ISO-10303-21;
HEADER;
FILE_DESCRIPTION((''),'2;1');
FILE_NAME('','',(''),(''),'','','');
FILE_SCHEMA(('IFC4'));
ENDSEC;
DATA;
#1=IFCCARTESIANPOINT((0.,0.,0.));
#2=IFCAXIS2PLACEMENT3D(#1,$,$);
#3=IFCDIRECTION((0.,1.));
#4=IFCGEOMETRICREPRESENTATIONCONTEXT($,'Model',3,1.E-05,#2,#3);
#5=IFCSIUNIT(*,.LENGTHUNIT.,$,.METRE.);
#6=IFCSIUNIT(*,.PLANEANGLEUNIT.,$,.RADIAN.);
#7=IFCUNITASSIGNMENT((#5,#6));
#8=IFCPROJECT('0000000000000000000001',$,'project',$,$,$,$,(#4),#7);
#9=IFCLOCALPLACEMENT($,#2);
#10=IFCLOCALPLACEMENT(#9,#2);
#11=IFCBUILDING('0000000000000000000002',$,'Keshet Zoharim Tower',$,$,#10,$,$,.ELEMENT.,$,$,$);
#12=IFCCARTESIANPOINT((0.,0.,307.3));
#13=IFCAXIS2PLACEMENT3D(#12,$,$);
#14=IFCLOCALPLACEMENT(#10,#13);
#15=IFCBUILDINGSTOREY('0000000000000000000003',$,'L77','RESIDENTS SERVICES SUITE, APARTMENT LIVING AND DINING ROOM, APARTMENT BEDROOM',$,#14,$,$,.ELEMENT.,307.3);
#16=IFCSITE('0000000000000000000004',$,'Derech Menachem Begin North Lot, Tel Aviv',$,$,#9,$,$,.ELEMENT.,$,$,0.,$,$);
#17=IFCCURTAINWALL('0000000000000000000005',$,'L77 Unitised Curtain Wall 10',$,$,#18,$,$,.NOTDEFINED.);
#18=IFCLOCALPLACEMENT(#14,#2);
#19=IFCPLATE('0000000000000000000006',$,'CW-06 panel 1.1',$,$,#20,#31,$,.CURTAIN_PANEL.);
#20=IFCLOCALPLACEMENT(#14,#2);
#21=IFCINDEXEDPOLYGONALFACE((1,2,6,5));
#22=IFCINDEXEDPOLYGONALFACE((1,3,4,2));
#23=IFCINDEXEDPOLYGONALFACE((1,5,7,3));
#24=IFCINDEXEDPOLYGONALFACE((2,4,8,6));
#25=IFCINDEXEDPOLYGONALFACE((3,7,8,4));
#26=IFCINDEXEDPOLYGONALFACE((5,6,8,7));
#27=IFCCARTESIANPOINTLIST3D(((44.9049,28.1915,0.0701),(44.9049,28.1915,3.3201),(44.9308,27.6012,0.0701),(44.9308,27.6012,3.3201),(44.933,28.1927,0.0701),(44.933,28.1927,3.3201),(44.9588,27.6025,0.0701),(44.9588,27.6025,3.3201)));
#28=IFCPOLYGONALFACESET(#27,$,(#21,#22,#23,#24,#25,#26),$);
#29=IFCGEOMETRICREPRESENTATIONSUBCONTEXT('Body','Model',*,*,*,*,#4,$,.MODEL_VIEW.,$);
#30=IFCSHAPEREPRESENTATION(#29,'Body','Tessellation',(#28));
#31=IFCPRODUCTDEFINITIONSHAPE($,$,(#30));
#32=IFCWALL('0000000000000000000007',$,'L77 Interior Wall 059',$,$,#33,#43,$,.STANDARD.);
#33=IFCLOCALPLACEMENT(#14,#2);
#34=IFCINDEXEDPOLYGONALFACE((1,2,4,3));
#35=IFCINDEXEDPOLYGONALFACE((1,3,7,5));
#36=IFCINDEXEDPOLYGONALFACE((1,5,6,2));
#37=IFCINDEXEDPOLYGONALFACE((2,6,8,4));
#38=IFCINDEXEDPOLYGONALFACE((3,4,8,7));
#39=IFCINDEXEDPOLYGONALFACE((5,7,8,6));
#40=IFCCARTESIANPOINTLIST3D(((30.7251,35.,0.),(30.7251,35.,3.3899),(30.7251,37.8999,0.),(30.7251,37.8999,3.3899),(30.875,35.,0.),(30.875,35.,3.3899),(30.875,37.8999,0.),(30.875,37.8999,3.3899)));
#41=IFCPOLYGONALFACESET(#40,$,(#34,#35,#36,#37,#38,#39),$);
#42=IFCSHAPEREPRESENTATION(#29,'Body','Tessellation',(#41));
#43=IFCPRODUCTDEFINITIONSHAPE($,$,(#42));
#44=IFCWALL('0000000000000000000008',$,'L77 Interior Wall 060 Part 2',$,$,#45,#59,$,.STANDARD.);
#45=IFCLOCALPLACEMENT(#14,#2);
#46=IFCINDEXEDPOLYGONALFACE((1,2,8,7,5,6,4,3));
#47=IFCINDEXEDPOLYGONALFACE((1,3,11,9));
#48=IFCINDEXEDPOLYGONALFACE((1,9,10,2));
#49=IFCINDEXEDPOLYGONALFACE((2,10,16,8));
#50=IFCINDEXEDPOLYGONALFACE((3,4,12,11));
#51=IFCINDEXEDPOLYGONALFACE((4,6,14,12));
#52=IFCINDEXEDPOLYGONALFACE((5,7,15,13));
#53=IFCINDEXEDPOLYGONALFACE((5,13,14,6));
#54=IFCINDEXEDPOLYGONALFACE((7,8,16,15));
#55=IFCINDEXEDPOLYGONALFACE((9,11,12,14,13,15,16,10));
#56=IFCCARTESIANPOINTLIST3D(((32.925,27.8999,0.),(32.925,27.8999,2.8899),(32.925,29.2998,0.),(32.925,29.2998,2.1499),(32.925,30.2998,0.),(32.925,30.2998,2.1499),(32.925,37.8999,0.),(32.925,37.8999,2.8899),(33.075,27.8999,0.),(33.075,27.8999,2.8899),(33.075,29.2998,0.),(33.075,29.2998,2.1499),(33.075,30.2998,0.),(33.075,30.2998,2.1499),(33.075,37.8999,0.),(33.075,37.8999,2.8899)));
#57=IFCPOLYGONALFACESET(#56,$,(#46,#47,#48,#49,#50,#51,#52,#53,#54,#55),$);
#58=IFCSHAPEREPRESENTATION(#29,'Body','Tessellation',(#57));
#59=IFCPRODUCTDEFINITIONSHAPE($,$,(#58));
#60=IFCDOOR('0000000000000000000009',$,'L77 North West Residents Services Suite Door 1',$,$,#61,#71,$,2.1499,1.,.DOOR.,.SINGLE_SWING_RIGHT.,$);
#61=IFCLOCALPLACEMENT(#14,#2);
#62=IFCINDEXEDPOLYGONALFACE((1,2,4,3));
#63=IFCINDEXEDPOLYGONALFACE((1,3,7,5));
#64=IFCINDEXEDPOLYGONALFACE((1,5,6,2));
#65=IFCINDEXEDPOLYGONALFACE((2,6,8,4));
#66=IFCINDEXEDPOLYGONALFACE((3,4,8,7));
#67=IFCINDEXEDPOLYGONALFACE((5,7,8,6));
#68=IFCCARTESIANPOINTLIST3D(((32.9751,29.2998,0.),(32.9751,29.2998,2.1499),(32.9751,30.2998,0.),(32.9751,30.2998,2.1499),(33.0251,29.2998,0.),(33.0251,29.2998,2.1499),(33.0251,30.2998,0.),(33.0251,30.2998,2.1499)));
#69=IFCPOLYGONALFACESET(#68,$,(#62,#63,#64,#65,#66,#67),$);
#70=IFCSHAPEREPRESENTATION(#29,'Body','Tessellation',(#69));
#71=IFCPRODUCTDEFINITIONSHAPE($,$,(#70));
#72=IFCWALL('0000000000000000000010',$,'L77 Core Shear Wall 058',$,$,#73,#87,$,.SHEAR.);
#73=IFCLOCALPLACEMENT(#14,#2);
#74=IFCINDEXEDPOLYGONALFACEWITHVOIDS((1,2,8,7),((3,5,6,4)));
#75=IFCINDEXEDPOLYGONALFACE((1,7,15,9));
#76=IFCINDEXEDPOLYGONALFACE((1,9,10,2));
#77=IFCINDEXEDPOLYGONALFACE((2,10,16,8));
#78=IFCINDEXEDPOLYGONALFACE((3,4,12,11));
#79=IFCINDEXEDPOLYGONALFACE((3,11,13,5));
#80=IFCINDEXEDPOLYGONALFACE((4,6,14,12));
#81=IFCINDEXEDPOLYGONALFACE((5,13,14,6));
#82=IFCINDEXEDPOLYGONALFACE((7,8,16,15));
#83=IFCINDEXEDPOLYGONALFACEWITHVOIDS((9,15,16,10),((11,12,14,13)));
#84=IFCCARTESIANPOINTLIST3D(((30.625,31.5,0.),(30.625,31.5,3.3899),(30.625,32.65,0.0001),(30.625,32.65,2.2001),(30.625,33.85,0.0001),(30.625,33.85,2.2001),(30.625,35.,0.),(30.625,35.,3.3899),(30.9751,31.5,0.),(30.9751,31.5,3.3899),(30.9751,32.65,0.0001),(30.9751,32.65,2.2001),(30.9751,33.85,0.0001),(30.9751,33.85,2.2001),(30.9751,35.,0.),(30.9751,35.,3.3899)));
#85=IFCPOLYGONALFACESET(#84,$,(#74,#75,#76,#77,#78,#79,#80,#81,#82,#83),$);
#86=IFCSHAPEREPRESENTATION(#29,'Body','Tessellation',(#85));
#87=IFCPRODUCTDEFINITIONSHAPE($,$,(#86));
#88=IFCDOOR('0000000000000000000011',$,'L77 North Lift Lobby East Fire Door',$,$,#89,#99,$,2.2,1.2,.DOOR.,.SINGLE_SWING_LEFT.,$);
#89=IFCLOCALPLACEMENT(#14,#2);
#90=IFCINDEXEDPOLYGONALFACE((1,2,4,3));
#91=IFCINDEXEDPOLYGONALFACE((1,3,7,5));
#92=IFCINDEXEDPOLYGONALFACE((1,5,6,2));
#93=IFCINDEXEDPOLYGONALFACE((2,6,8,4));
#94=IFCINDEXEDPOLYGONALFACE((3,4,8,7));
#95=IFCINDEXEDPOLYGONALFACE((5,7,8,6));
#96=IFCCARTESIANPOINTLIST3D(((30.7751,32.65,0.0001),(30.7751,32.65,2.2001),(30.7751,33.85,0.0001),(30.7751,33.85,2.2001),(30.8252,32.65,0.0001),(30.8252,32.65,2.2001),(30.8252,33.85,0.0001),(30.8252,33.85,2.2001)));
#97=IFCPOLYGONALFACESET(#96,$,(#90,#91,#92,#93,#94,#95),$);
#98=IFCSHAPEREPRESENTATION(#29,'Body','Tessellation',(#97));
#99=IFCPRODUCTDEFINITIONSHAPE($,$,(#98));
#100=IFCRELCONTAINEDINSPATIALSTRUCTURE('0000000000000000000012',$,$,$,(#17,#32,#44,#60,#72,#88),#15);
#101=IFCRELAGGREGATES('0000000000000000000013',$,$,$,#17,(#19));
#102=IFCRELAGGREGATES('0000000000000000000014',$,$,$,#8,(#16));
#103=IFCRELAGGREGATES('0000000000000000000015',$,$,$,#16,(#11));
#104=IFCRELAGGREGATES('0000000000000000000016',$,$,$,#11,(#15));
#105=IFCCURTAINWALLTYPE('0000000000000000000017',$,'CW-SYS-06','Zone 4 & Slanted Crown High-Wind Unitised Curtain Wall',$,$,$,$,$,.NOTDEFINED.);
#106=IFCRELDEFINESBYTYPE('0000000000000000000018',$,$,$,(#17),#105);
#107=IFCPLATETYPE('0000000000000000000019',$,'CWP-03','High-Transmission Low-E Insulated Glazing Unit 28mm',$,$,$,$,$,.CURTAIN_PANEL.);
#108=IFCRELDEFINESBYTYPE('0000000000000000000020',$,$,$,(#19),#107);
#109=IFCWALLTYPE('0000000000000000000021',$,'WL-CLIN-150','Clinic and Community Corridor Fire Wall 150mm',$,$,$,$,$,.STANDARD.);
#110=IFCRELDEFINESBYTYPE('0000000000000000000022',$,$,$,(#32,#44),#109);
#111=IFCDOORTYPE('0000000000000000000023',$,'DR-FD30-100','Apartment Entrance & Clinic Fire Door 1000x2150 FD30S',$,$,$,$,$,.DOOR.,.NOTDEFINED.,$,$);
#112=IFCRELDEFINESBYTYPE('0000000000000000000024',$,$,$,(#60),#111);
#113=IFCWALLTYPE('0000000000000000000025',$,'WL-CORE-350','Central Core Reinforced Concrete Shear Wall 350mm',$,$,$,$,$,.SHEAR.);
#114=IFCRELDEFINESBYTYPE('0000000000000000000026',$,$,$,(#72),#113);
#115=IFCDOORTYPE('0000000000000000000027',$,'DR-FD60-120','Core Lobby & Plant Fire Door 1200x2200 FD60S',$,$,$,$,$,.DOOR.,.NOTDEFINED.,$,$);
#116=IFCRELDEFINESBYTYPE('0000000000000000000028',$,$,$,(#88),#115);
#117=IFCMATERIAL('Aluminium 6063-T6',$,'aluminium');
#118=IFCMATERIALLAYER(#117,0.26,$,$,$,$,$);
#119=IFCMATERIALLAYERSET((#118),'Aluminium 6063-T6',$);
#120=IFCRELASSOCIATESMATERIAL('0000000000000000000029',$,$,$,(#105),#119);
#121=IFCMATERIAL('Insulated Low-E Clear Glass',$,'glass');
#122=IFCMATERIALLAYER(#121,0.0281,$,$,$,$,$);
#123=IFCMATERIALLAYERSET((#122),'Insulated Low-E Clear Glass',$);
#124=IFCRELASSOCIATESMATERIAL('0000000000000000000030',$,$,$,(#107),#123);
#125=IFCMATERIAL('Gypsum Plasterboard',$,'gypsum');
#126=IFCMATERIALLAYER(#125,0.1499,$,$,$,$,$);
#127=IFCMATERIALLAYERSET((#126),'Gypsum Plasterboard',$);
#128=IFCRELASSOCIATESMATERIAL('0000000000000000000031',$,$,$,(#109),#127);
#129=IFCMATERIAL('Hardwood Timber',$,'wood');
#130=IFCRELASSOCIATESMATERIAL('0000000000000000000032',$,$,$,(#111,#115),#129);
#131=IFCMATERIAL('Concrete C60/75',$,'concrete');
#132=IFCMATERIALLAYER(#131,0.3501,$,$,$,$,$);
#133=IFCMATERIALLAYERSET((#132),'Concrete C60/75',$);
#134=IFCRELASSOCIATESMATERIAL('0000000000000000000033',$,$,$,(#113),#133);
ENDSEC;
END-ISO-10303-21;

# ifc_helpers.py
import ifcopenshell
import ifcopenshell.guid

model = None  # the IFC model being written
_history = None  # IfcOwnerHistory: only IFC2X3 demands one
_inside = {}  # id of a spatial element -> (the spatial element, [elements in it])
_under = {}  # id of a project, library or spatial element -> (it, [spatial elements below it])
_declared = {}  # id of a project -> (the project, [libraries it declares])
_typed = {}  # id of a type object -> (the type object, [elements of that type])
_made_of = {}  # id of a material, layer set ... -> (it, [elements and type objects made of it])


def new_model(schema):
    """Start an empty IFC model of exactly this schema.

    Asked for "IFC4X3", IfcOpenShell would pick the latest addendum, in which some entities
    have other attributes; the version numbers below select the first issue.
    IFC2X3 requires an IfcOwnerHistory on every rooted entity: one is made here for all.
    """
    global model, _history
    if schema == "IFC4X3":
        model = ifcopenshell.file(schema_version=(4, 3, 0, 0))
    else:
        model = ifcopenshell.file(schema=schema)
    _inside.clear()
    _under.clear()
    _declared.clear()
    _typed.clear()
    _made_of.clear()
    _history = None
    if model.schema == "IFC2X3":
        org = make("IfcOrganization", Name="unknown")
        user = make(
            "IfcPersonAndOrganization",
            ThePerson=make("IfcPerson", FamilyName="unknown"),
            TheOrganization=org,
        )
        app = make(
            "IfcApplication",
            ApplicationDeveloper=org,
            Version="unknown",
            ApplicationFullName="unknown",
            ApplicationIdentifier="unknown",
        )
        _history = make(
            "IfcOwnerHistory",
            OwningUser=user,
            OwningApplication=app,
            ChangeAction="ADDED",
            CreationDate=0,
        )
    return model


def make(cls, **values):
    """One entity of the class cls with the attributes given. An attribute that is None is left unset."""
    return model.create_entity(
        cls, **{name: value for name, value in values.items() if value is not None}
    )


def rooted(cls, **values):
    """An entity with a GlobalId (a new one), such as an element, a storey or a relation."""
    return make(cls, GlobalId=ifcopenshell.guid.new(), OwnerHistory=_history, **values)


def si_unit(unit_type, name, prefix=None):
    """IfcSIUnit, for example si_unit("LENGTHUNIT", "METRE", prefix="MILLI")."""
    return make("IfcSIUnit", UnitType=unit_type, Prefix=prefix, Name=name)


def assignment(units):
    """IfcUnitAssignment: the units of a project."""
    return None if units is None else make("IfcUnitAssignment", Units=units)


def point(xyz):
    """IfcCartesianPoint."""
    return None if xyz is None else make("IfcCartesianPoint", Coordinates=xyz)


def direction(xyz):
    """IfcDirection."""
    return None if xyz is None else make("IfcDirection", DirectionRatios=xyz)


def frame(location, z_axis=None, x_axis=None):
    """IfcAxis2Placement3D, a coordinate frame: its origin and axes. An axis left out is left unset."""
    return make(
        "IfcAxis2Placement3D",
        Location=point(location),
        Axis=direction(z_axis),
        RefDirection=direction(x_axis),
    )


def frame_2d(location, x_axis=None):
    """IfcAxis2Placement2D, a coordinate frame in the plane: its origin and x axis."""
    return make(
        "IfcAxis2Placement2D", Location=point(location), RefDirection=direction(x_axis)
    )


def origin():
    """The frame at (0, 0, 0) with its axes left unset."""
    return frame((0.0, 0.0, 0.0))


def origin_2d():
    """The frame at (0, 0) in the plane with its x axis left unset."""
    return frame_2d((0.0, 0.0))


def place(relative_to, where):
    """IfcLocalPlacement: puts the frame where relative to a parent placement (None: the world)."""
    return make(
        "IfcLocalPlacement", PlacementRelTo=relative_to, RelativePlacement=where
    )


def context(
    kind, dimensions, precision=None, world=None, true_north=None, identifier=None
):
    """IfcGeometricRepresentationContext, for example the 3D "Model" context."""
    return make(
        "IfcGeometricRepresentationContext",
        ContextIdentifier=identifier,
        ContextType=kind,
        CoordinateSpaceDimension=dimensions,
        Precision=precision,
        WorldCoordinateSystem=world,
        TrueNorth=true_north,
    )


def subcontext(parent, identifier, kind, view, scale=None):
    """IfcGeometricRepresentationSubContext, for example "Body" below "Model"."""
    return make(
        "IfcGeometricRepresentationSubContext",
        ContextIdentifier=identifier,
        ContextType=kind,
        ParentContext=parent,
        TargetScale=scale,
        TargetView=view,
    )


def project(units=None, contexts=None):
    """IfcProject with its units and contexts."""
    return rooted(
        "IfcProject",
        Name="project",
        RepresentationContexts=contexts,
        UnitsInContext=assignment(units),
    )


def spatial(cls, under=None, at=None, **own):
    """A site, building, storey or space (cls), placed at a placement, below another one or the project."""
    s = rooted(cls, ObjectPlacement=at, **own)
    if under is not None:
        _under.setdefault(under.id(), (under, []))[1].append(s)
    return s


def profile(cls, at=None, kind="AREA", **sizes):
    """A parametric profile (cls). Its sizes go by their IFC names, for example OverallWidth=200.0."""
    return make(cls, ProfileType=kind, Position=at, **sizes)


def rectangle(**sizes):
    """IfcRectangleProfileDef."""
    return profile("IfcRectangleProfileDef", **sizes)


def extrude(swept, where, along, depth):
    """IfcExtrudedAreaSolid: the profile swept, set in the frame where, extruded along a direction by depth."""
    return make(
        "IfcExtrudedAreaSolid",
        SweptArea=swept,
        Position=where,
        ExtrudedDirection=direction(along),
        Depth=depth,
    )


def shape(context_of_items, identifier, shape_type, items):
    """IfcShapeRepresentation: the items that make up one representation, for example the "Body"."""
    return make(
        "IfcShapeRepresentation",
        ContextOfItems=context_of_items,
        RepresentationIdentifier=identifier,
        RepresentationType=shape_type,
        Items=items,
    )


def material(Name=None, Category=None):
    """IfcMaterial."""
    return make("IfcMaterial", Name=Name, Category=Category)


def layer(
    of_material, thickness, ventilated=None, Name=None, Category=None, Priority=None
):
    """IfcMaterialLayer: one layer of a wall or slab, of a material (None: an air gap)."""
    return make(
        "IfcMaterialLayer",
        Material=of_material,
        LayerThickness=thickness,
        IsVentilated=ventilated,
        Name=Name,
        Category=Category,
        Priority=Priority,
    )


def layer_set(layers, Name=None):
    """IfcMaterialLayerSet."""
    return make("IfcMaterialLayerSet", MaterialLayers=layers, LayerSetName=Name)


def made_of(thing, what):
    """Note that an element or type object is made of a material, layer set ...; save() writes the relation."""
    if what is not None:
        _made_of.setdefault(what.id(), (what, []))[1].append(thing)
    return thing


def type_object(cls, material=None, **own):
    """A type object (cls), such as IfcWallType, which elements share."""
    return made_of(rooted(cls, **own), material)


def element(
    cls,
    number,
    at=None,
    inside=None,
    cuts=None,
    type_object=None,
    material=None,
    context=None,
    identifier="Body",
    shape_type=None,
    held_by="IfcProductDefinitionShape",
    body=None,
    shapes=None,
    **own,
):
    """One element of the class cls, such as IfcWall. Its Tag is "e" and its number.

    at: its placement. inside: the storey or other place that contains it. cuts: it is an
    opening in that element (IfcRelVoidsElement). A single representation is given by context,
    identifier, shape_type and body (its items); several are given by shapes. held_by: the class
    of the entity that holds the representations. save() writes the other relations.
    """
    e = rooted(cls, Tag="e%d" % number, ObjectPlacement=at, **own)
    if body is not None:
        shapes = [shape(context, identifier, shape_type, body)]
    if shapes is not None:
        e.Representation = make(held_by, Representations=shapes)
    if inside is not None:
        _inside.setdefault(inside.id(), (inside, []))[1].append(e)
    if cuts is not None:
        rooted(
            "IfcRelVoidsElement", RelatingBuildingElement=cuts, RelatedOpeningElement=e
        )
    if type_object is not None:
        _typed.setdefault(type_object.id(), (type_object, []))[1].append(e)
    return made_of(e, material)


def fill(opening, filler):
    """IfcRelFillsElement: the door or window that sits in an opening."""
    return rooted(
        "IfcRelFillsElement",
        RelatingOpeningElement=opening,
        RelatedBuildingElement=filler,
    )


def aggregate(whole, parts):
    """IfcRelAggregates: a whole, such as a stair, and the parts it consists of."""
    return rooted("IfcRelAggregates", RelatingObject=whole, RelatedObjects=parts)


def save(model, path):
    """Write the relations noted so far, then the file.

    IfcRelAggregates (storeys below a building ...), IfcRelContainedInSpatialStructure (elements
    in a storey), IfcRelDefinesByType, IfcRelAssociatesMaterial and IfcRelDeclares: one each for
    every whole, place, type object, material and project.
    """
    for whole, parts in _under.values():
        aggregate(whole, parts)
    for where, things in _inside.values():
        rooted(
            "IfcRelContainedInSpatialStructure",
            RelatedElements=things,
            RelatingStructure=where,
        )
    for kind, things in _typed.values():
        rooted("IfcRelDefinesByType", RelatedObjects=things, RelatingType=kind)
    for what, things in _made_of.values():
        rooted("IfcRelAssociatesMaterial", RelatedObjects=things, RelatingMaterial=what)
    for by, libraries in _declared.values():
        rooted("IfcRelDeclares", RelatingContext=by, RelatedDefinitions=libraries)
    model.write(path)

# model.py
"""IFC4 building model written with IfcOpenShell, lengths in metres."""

from ifc_helpers import new_model, si_unit, direction, frame, frame_2d, origin, origin_2d, place, context, subcontext, project, spatial, rectangle, extrude, material, layer, layer_set, type_object, element, fill, aggregate, save


model = new_model("IFC4")

# Units and contexts
model_context = context("Model", 3, precision=1e-05, world=origin(), true_north=direction((0.0, 1.0)))
body_context = subcontext(model_context, "Body", "Model", "MODEL_VIEW")
ifc_project = project(units=[si_unit("LENGTHUNIT", "METRE"), si_unit("PLANEANGLEUNIT", "RADIAN")], contexts=[model_context])

# Site, building, storey
site_placement = place(None, origin())
site = spatial("IfcSite", under=ifc_project, at=site_placement, Name="Derech Menachem Begin North Lot, Tel Aviv", CompositionType="ELEMENT", RefElevation=0.0)
building_placement = place(site_placement, origin())
building = spatial("IfcBuilding", under=site, at=building_placement, Name="Keshet Zoharim Tower", CompositionType="ELEMENT")
storey_placement = place(building_placement, frame((0.0, 0.0, 307.3)))
storey = spatial("IfcBuildingStorey", under=building, at=storey_placement, Name="L77", Description="RESIDENTS SERVICES SUITE, APARTMENT LIVING AND DINING ROOM, APARTMENT BEDROOM", CompositionType="ELEMENT", Elevation=307.3)

# Curtain wall
ifc_material_1 = material(Name="Aluminium 6063-T6", Category="aluminium")
ifc_layer_1 = layer(ifc_material_1, 0.26)
ifc_layer_set_1 = layer_set([ifc_layer_1], Name="Aluminium 6063-T6")
curtain_wall_type = type_object("IfcCurtainWallType", Name="CW-SYS-06", Description="Zone 4 & Slanted Crown High-Wind Unitised Curtain Wall", PredefinedType="NOTDEFINED", material=ifc_layer_set_1)
curtain_wall_1_placement = place(storey_placement, origin())
curtain_wall_1 = element("IfcCurtainWall", 1, at=curtain_wall_1_placement, inside=storey, type_object=curtain_wall_type, Name="L77 Unitised Curtain Wall 10", PredefinedType="NOTDEFINED")

# Plate
ifc_material_2 = material(Name="Insulated Low-E Clear Glass", Category="glass")
ifc_layer_2 = layer(ifc_material_2, 0.0281)
ifc_layer_set_2 = layer_set([ifc_layer_2], Name="Insulated Low-E Clear Glass")
plate_type = type_object("IfcPlateType", Name="CWP-03", Description="High-Transmission Low-E Insulated Glazing Unit 28mm", PredefinedType="CURTAIN_PANEL", material=ifc_layer_set_2)
plate_1_placement = place(storey_placement, frame((44.9319, 27.897, 0.0701), z_axis=(0.0, 0.0, 1.0), x_axis=(0.043794, -0.999041, 0.0)))
plate_1 = element("IfcPlate", 2, at=plate_1_placement, type_object=plate_type, Name="CW-06 panel 1.1", PredefinedType="CURTAIN_PANEL", context=body_context, shape_type="SweptSolid", body=[
    extrude(rectangle(XDim=0.5908, YDim=0.0281, at=origin_2d()), origin(), (0.0, 0.0, 1.0), 3.25),
])
aggregate(curtain_wall_1, [plate_1])

# Wall
ifc_material_3 = material(Name="Gypsum Plasterboard", Category="gypsum")
ifc_layer_3 = layer(ifc_material_3, 0.1499)
ifc_layer_set_3 = layer_set([ifc_layer_3], Name="Gypsum Plasterboard")
wall_type_1 = type_object("IfcWallType", Name="WL-CLIN-150", Description="Clinic and Community Corridor Fire Wall 150mm", PredefinedType="STANDARD", material=ifc_layer_set_3)
wall_1_placement = place(storey_placement, frame((30.8, 35.0, 0.0), z_axis=(0.0, 0.0, 1.0), x_axis=(0.0, 1.0, 0.0)))
element("IfcWall", 3, at=wall_1_placement, inside=storey, type_object=wall_type_1, Name="L77 Interior Wall 059", PredefinedType="STANDARD", context=body_context, shape_type="SweptSolid", body=[
    extrude(rectangle(XDim=2.8999, YDim=0.1499, at=frame_2d((1.45, 0.0))), origin(), (0.0, 0.0, 1.0), 3.3899),
])

# Walls, openings, doors
wall_2_placement = place(storey_placement, frame((33.0, 27.8999, 0.0), z_axis=(0.0, 0.0, 1.0), x_axis=(0.0, 1.0, 0.0)))
wall_2 = element("IfcWall", 4, at=wall_2_placement, inside=storey, type_object=wall_type_1, Name="L77 Interior Wall 060 Part 2", PredefinedType="STANDARD", context=body_context, shape_type="SweptSolid", body=[
    extrude(rectangle(XDim=10.0, YDim=0.1499, at=frame_2d((5.0, 0.0))), origin(), (0.0, 0.0, 1.0), 2.8899),
])
opening_1_placement = place(wall_2_placement, frame((1.3999, 0.0, 0.0)))
opening_1 = element("IfcOpeningElement", 5, at=opening_1_placement, cuts=wall_2, PredefinedType="OPENING", context=body_context, shape_type="SweptSolid", body=[
    extrude(rectangle(XDim=1.0, YDim=2.1499, at=frame_2d((0.5, 1.075))), frame((0.0, 0.085, 0.0), z_axis=(0.0, -1.0, 0.0), x_axis=(1.0, 0.0, 0.0)), (0.0, 0.0, 1.0), 0.1699),
])
ifc_material_4 = material(Name="Hardwood Timber", Category="wood")
door_type_1 = type_object("IfcDoorType", Name="DR-FD30-100", Description="Apartment Entrance & Clinic Fire Door 1000x2150 FD30S", OperationType="NOTDEFINED", PredefinedType="DOOR", material=ifc_material_4)
door_1_placement = place(opening_1_placement, origin())
door_1 = element("IfcDoor", 6, at=door_1_placement, inside=storey, type_object=door_type_1, Name="L77 North West Residents Services Suite Door 1", OperationType="SINGLE_SWING_RIGHT", OverallHeight=2.1499, OverallWidth=1.0, PredefinedType="DOOR", context=body_context, shape_type="SweptSolid", body=[
    extrude(rectangle(XDim=1.0, YDim=2.1499, at=frame_2d((0.5, 1.075))), frame((0.0, 0.0249, 0.0), z_axis=(0.0, -1.0, 0.0), x_axis=(1.0, 0.0, 0.0)), (0.0, 0.0, 1.0), 0.05),
])
fill(opening_1, door_1)
ifc_material_5 = material(Name="Concrete C60/75", Category="concrete")
ifc_layer_4 = layer(ifc_material_5, 0.3501)
ifc_layer_set_4 = layer_set([ifc_layer_4], Name="Concrete C60/75")
wall_type_2 = type_object("IfcWallType", Name="WL-CORE-350", Description="Central Core Reinforced Concrete Shear Wall 350mm", PredefinedType="SHEAR", material=ifc_layer_set_4)
wall_3_placement = place(storey_placement, frame((30.8, 31.5, 0.0), z_axis=(0.0, 0.0, 1.0), x_axis=(0.0, 1.0, 0.0)))
wall_3 = element("IfcWall", 7, at=wall_3_placement, inside=storey, type_object=wall_type_2, Name="L77 Core Shear Wall 058", PredefinedType="SHEAR", context=body_context, shape_type="SweptSolid", body=[
    extrude(rectangle(XDim=3.5, YDim=0.3501, at=frame_2d((1.75, 0.0))), origin(), (0.0, 0.0, 1.0), 3.3899),
])
opening_2_placement = place(wall_3_placement, frame((1.1499, 0.0, 0.0)))
opening_2 = element("IfcOpeningElement", 8, at=opening_2_placement, cuts=wall_3, PredefinedType="OPENING", context=body_context, shape_type="SweptSolid", body=[
    extrude(rectangle(XDim=1.2, YDim=2.2, at=frame_2d((0.6001, 1.1001))), frame((0.0, 0.1851, 0.0), z_axis=(0.0, -1.0, 0.0), x_axis=(1.0, 0.0, 0.0)), (0.0, 0.0, 1.0), 0.3701),
])
door_type_2 = type_object("IfcDoorType", Name="DR-FD60-120", Description="Core Lobby & Plant Fire Door 1200x2200 FD60S", OperationType="NOTDEFINED", PredefinedType="DOOR", material=ifc_material_4)
door_2_placement = place(opening_2_placement, origin())
door_2 = element("IfcDoor", 9, at=door_2_placement, inside=storey, type_object=door_type_2, Name="L77 North Lift Lobby East Fire Door", OperationType="SINGLE_SWING_LEFT", OverallHeight=2.2, OverallWidth=1.2, PredefinedType="DOOR", context=body_context, shape_type="SweptSolid", body=[
    extrude(rectangle(XDim=1.2, YDim=2.2, at=frame_2d((0.6001, 1.1001))), frame((0.0, 0.0249, 0.0), z_axis=(0.0, -1.0, 0.0), x_axis=(1.0, 0.0, 0.0)), (0.0, 0.0, 1.0), 0.05),
])
fill(opening_2, door_2)

save(model, "model.ifc")
